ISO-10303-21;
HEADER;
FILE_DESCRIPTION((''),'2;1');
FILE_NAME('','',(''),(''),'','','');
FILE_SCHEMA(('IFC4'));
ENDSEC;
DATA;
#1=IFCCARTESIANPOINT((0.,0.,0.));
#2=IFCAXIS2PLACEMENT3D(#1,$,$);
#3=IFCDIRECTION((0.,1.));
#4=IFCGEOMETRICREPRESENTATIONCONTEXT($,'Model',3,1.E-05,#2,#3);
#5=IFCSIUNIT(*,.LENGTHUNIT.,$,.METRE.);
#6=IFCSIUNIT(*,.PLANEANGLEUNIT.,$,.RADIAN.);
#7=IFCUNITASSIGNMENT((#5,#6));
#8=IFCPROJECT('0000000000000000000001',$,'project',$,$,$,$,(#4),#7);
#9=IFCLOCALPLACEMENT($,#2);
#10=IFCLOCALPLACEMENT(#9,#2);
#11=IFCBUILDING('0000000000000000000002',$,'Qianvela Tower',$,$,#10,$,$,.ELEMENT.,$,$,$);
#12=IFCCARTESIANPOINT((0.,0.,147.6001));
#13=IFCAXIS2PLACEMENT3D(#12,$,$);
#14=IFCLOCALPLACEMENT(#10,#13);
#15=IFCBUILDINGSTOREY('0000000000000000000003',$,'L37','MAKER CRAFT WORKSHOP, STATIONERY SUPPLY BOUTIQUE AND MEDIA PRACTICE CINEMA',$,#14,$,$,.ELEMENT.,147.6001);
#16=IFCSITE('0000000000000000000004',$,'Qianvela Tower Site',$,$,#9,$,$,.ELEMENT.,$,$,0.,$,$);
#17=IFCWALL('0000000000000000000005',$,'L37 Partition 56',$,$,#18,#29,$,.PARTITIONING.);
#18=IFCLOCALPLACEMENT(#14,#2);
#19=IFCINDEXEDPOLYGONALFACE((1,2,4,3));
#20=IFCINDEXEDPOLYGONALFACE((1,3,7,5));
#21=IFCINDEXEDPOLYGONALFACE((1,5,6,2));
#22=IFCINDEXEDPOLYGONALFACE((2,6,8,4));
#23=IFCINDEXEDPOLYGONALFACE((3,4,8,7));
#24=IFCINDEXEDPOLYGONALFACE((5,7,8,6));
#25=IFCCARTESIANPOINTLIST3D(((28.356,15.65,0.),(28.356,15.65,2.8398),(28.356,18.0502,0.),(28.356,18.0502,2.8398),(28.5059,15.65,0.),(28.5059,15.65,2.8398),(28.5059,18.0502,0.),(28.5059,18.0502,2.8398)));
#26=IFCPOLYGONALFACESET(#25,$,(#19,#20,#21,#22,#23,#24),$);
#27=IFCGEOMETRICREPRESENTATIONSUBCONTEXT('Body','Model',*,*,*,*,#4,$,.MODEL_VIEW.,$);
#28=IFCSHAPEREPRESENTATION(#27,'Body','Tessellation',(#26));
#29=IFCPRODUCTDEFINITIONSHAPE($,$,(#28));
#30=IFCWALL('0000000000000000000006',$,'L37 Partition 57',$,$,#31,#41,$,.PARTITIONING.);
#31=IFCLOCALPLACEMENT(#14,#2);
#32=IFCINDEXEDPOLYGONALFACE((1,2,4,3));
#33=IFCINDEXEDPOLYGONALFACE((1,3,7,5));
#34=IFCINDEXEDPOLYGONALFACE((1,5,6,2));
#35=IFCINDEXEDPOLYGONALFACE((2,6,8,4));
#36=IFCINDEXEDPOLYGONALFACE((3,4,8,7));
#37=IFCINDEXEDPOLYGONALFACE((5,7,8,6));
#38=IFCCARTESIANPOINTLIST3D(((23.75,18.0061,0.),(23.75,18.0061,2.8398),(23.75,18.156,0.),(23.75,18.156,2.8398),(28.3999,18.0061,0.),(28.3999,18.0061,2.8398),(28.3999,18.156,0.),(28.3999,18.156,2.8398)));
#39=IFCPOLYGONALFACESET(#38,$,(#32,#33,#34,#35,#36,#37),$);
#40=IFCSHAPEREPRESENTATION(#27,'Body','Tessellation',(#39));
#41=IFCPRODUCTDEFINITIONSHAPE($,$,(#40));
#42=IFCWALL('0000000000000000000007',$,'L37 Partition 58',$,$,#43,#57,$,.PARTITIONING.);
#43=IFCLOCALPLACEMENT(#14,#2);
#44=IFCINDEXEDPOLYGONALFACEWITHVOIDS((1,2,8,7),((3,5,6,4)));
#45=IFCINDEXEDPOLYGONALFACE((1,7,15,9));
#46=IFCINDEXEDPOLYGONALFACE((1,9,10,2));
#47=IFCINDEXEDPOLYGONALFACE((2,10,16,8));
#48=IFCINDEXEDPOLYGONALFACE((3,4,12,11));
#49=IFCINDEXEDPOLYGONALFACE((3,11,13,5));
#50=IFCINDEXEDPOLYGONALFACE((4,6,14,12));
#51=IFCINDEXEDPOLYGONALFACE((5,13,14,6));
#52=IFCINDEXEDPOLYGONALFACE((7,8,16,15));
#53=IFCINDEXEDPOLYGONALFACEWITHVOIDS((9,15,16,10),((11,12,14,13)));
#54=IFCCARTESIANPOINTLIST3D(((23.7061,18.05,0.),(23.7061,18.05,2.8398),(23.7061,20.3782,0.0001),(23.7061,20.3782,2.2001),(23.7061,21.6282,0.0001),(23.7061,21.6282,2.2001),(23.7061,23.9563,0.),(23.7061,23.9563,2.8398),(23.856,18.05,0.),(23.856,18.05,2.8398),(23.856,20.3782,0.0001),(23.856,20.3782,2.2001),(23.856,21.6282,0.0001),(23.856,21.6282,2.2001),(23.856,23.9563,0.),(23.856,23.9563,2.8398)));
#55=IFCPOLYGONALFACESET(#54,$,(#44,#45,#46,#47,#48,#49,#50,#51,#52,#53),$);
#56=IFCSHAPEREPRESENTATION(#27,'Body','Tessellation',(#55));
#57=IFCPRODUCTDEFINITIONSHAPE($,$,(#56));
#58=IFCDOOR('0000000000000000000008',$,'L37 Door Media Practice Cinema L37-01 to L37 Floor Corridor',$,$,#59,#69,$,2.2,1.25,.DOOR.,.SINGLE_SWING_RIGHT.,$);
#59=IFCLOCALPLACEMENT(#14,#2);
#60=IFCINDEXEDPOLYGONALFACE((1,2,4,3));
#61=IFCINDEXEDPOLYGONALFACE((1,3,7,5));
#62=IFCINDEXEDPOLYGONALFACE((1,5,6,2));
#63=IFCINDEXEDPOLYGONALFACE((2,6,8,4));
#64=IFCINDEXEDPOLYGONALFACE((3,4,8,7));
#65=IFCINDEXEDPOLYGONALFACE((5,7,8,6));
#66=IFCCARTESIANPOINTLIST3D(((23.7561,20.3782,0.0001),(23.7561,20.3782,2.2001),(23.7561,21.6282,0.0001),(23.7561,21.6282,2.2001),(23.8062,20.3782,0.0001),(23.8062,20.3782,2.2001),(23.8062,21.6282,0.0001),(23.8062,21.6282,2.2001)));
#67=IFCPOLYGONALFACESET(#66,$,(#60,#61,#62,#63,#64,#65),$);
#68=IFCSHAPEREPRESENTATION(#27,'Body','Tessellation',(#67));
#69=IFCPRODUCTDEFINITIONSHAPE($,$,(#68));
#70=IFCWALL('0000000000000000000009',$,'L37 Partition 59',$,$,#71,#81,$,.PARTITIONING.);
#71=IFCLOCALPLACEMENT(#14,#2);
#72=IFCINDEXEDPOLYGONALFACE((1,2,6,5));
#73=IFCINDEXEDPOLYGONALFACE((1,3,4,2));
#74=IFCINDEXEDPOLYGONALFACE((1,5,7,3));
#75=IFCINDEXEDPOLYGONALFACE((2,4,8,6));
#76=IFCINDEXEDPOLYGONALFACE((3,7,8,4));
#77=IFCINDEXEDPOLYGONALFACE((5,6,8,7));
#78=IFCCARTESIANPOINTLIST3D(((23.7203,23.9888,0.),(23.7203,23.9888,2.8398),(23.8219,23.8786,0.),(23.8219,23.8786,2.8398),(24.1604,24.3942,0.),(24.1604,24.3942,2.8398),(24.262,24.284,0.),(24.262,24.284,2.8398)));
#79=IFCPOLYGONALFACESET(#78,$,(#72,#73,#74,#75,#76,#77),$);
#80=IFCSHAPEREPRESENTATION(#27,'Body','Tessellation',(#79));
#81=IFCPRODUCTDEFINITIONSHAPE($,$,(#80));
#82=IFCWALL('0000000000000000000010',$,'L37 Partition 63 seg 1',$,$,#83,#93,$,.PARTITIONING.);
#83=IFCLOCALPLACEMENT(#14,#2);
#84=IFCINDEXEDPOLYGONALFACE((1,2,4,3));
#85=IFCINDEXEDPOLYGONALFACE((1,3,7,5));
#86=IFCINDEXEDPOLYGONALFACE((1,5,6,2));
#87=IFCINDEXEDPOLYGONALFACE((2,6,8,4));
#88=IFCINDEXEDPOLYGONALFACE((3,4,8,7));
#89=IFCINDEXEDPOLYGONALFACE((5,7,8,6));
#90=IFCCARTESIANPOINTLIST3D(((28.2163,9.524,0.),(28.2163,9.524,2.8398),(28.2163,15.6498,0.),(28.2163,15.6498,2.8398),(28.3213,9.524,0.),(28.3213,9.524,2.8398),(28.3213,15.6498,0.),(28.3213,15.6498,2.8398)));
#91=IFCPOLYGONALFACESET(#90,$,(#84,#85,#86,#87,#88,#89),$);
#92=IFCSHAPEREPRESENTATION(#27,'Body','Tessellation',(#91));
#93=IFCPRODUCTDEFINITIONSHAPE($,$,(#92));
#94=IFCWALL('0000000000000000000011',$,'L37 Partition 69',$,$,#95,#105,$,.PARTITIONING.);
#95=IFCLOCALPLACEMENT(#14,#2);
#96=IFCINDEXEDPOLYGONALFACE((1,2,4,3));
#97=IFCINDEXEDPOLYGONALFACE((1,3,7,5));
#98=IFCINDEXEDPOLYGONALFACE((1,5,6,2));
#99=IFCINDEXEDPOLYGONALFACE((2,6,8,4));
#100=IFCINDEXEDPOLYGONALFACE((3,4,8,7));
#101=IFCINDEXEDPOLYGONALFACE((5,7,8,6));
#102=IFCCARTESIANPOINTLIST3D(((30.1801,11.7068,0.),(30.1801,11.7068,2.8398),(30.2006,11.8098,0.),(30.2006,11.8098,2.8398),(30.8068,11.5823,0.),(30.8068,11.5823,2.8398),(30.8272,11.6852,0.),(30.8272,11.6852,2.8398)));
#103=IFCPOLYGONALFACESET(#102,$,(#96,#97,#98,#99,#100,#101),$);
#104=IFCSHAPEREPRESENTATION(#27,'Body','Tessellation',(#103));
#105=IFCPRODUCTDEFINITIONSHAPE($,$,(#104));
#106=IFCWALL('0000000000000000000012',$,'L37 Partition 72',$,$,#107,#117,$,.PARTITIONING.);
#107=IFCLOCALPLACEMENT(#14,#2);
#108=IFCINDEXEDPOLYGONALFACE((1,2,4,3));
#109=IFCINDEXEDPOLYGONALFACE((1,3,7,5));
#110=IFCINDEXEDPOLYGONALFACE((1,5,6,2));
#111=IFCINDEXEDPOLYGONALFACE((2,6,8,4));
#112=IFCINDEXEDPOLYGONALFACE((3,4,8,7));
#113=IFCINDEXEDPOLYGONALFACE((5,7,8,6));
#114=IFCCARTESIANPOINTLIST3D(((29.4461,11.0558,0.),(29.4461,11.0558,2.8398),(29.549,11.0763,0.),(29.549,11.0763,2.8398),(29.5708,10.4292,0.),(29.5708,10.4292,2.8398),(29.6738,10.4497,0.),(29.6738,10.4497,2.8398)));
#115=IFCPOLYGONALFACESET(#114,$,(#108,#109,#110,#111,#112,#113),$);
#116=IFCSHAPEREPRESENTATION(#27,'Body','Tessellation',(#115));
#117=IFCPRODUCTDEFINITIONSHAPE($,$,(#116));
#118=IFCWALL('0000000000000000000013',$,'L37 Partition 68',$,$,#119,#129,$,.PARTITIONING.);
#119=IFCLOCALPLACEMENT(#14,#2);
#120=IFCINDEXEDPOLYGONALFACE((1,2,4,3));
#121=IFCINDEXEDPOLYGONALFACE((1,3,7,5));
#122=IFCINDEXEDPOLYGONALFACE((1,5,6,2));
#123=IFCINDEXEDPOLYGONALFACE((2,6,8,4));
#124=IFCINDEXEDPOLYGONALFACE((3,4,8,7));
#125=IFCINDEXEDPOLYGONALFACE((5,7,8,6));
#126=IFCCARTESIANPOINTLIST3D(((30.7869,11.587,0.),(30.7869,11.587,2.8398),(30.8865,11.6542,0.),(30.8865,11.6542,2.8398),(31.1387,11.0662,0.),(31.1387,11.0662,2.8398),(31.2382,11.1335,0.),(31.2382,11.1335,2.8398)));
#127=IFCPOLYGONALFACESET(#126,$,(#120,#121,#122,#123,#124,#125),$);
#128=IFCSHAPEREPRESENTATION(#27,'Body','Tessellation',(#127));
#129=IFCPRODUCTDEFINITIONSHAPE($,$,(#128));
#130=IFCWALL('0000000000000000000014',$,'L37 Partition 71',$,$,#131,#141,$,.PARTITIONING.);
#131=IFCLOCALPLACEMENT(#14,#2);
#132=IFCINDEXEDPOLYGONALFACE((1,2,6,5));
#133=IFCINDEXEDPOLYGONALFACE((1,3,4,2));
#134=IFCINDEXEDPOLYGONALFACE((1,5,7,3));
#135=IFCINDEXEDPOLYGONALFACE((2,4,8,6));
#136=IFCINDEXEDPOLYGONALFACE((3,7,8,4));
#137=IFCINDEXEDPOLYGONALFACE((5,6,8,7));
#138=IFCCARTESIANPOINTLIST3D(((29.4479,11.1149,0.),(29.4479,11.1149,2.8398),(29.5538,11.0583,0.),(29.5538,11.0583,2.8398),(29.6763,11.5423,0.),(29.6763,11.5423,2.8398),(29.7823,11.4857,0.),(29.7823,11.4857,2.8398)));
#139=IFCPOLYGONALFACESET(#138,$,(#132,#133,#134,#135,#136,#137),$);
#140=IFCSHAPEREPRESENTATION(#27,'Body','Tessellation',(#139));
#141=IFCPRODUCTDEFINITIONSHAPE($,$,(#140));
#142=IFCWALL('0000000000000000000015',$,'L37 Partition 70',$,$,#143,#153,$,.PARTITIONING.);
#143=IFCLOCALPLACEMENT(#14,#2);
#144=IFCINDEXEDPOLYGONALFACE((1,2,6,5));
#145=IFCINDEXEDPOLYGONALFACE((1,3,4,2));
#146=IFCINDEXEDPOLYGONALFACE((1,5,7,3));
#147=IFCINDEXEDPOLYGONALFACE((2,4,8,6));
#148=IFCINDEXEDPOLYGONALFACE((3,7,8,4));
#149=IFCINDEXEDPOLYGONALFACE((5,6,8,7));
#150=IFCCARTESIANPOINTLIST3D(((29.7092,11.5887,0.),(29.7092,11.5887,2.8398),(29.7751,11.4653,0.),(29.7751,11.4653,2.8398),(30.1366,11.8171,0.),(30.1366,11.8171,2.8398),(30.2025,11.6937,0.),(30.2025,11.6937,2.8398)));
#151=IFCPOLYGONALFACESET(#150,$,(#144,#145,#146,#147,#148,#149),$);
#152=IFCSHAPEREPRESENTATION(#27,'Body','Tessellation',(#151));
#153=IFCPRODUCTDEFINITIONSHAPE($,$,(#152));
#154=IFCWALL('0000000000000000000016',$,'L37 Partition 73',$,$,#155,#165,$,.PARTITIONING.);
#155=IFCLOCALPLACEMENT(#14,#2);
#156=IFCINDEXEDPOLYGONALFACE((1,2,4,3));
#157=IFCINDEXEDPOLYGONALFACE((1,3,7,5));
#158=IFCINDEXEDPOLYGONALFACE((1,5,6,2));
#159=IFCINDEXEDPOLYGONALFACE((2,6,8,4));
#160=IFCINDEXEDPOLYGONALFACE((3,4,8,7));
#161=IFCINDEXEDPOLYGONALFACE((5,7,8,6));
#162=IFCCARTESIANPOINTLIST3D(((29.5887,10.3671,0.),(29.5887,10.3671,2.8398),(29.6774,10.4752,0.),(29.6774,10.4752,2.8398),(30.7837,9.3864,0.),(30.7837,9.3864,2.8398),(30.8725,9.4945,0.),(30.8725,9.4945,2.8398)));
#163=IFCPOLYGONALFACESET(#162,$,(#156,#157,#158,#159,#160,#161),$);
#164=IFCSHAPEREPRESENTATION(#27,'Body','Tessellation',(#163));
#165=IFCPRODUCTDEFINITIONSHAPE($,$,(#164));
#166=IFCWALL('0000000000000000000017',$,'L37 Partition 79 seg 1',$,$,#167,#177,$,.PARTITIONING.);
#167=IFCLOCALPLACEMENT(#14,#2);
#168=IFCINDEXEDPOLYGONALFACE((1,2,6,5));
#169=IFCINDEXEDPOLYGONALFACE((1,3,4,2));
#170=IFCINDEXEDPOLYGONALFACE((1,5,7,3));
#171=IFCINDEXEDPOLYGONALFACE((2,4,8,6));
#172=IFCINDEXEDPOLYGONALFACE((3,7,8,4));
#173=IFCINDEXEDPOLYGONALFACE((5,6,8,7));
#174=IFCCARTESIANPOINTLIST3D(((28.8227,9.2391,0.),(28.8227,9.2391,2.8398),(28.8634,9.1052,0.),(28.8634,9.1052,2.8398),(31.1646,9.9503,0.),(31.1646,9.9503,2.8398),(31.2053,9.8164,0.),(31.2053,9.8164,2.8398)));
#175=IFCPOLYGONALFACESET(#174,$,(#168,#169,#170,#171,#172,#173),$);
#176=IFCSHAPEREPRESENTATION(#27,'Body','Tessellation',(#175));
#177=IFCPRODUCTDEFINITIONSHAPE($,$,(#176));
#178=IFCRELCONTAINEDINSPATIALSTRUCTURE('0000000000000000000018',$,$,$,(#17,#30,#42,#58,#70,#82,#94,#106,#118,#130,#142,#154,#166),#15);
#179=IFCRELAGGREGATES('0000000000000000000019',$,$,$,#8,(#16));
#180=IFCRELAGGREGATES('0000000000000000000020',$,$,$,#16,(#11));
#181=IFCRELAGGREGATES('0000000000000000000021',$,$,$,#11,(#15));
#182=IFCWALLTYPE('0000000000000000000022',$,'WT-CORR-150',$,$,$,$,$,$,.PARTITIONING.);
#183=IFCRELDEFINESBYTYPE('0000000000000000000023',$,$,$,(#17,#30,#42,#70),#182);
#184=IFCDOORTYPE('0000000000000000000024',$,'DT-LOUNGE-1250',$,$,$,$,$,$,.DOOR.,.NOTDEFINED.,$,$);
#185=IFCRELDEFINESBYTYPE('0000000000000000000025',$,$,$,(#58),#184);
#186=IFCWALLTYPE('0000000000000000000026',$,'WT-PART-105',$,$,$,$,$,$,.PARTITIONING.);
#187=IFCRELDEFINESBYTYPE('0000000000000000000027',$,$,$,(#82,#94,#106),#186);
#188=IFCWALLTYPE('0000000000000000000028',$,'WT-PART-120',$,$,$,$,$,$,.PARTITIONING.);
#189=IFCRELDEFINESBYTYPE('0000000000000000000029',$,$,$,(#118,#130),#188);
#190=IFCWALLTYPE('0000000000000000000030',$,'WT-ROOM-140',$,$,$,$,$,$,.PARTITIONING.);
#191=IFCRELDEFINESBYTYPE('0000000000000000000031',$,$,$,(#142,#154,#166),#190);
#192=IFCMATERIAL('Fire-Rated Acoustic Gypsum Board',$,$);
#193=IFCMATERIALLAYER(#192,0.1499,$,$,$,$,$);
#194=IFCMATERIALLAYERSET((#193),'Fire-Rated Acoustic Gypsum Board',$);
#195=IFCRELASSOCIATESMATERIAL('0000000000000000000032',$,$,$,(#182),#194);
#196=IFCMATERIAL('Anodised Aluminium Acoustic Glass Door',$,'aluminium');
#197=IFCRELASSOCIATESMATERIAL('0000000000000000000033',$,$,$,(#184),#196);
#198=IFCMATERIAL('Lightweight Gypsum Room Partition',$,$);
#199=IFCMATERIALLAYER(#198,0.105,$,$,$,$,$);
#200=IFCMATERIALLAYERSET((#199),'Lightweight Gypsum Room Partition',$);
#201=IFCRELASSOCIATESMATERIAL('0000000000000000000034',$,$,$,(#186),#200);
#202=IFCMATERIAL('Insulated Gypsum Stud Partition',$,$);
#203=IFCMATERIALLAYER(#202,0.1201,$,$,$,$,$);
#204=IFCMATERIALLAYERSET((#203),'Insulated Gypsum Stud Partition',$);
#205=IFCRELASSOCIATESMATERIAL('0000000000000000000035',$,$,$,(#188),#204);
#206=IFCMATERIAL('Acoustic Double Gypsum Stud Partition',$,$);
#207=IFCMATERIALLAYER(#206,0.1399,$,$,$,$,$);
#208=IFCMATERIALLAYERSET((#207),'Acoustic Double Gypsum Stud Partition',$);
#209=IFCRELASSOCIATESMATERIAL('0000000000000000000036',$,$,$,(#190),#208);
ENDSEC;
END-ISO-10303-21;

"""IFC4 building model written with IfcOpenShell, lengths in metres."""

from ifc_helpers import new_model, si_unit, direction, frame, frame_2d, origin, place, context, subcontext, project, spatial, rectangle, extrude, material, layer, layer_set, type_object, element, fill, save


model = new_model("IFC4")

# Units and contexts
model_context = context("Model", 3, precision=1e-05, world=origin(), true_north=direction((0.0, 1.0)))
body_context = subcontext(model_context, "Body", "Model", "MODEL_VIEW")
ifc_project = project(units=[si_unit("LENGTHUNIT", "METRE"), si_unit("PLANEANGLEUNIT", "RADIAN")], contexts=[model_context])

# Site, building, storey
site_placement = place(None, origin())
site = spatial("IfcSite", under=ifc_project, at=site_placement, Name="Qianvela Tower Site", CompositionType="ELEMENT", RefElevation=0.0)
building_placement = place(site_placement, origin())
building = spatial("IfcBuilding", under=site, at=building_placement, Name="Qianvela Tower", CompositionType="ELEMENT")
storey_placement = place(building_placement, frame((0.0, 0.0, 147.6001)))
storey = spatial("IfcBuildingStorey", under=building, at=storey_placement, Name="L37", Description="MAKER CRAFT WORKSHOP, STATIONERY SUPPLY BOUTIQUE AND MEDIA PRACTICE CINEMA", CompositionType="ELEMENT", Elevation=147.6001)

# Walls
ifc_material_1 = material(Name="Fire-Rated Acoustic Gypsum Board")
ifc_layer_1 = layer(ifc_material_1, 0.1499)
ifc_layer_set_1 = layer_set([ifc_layer_1], Name="Fire-Rated Acoustic Gypsum Board")
wall_type_1 = type_object("IfcWallType", Name="WT-CORR-150", PredefinedType="PARTITIONING", material=ifc_layer_set_1)
wall_1_placement = place(storey_placement, frame((28.4309, 15.6499, 0.0), z_axis=(0.0, 0.0, 1.0), x_axis=(0.0, 1.0, 0.0)))
element("IfcWall", 1, at=wall_1_placement, inside=storey, type_object=wall_type_1, Name="L37 Partition 56", PredefinedType="PARTITIONING", context=body_context, shape_type="SweptSolid", body=[
    extrude(rectangle(XDim=2.4001, YDim=0.1499, at=frame_2d((1.2002, 0.0))), origin(), (0.0, 0.0, 1.0), 2.8398),
])
wall_2_placement = place(storey_placement, frame((28.3999, 18.0811, 0.0), z_axis=(0.0, 0.0, 1.0), x_axis=(-1.0, 0.0, 0.0)))
element("IfcWall", 2, at=wall_2_placement, inside=storey, type_object=wall_type_1, Name="L37 Partition 57", PredefinedType="PARTITIONING", context=body_context, shape_type="SweptSolid", body=[
    extrude(rectangle(XDim=4.6499, YDim=0.1499, at=frame_2d((2.325, 0.0))), origin(), (0.0, 0.0, 1.0), 2.8398),
])

# Wall, opening, door
wall_3_placement = place(storey_placement, frame((23.781, 18.05, 0.0), z_axis=(0.0, 0.0, 1.0), x_axis=(0.0, 1.0, 0.0)))
wall_3 = element("IfcWall", 3, at=wall_3_placement, inside=storey, type_object=wall_type_1, Name="L37 Partition 58", PredefinedType="PARTITIONING", context=body_context, shape_type="SweptSolid", body=[
    extrude(rectangle(XDim=5.9062, YDim=0.1499, at=frame_2d((2.9531, 0.0))), origin(), (0.0, 0.0, 1.0), 2.8398),
])
opening_placement = place(wall_3_placement, frame((2.3281, 0.0, 0.0)))
opening = element("IfcOpeningElement", 4, at=opening_placement, cuts=wall_3, PredefinedType="OPENING", context=body_context, shape_type="SweptSolid", body=[
    extrude(rectangle(XDim=1.25, YDim=2.2, at=frame_2d((0.625, 1.1001))), frame((0.0, 0.085, 0.0), z_axis=(0.0, -1.0, 0.0), x_axis=(1.0, 0.0, 0.0)), (0.0, 0.0, 1.0), 0.1699),
])
ifc_material_2 = material(Name="Anodised Aluminium Acoustic Glass Door", Category="aluminium")
door_type = type_object("IfcDoorType", Name="DT-LOUNGE-1250", OperationType="NOTDEFINED", PredefinedType="DOOR", material=ifc_material_2)
door_placement = place(opening_placement, origin())
door = element("IfcDoor", 5, at=door_placement, inside=storey, type_object=door_type, Name="L37 Door Media Practice Cinema L37-01 to L37 Floor Corridor", OperationType="SINGLE_SWING_RIGHT", OverallHeight=2.2, OverallWidth=1.25, PredefinedType="DOOR", context=body_context, shape_type="SweptSolid", body=[
    extrude(rectangle(XDim=1.25, YDim=2.2, at=frame_2d((0.625, 1.1001))), frame((0.0, 0.0249, 0.0), z_axis=(0.0, -1.0, 0.0), x_axis=(1.0, 0.0, 0.0)), (0.0, 0.0, 1.0), 0.05),
])
fill(opening, door)

# Walls
wall_4_placement = place(storey_placement, frame((23.771, 23.9336, 0.0), z_axis=(0.0, 0.0, 1.0), x_axis=(0.735476, 0.677551, 0.0)))
element("IfcWall", 6, at=wall_4_placement, inside=storey, type_object=wall_type_1, Name="L37 Partition 59", PredefinedType="PARTITIONING", context=body_context, shape_type="SweptSolid", body=[
    extrude(rectangle(XDim=0.5984, YDim=0.1499, at=frame_2d((0.2993, 0.0))), origin(), (0.0, 0.0, 1.0), 2.8398),
])
ifc_material_3 = material(Name="Lightweight Gypsum Room Partition")
ifc_layer_2 = layer(ifc_material_3, 0.105)
ifc_layer_set_2 = layer_set([ifc_layer_2], Name="Lightweight Gypsum Room Partition")
wall_type_2 = type_object("IfcWallType", Name="WT-PART-105", PredefinedType="PARTITIONING", material=ifc_layer_set_2)
wall_5_placement = place(storey_placement, frame((28.2688, 15.6499, 0.0), z_axis=(0.0, 0.0, 1.0), x_axis=(0.0, -1.0, 0.0)))
element("IfcWall", 7, at=wall_5_placement, inside=storey, type_object=wall_type_2, Name="L37 Partition 63 seg 1", PredefinedType="PARTITIONING", context=body_context, shape_type="SweptSolid", body=[
    extrude(rectangle(XDim=6.1257, YDim=0.105, at=frame_2d((3.063, 0.0))), origin(), (0.0, 0.0, 1.0), 2.8398),
])
for number, where, z_axis, x_axis, name in (
    (8, (30.8169, 11.6338, 0.0), (0.0, 0.0, 1.0), (-0.98083, 0.194867, 0.0), "L37 Partition 69"),
    (9, (29.4976, 11.0659, 0.0), (0.0, 0.0, 1.0), (0.195234, -0.980757, 0.0), "L37 Partition 72"),
):
    element("IfcWall", number, at=place(storey_placement, frame(where, z_axis=z_axis, x_axis=x_axis)), inside=storey, type_object=wall_type_2, Name=name, PredefinedType="PARTITIONING", context=body_context, shape_type="SweptSolid", body=[
        extrude(rectangle(XDim=0.6389, YDim=0.105, at=frame_2d((0.3193, 0.0))), origin(), (0.0, 0.0, 1.0), 2.8398),
    ])
ifc_material_4 = material(Name="Insulated Gypsum Stud Partition")
ifc_layer_3 = layer(ifc_material_4, 0.1201)
ifc_layer_set_3 = layer_set([ifc_layer_3], Name="Insulated Gypsum Stud Partition")
wall_type_3 = type_object("IfcWallType", Name="WT-PART-120", PredefinedType="PARTITIONING", material=ifc_layer_set_3)
wall_6_placement = place(storey_placement, frame((31.1885, 11.0999, 0.0), z_axis=(0.0, 0.0, 1.0), x_axis=(-0.5598, 0.828628, 0.0)))
element("IfcWall", 10, at=wall_6_placement, inside=storey, type_object=wall_type_3, Name="L37 Partition 68", PredefinedType="PARTITIONING", context=body_context, shape_type="SweptSolid", body=[
    extrude(rectangle(XDim=0.6284, YDim=0.1201, at=frame_2d((0.3142, 0.0))), origin(), (0.0, 0.0, 1.0), 2.8398),
])
wall_7_placement = place(storey_placement, frame((29.7292, 11.5139, 0.0), z_axis=(0.0, 0.0, 1.0), x_axis=(-0.471425, -0.881906, 0.0)))
element("IfcWall", 11, at=wall_7_placement, inside=storey, type_object=wall_type_3, Name="L37 Partition 71", PredefinedType="PARTITIONING", context=body_context, shape_type="SweptSolid", body=[
    extrude(rectangle(XDim=0.4846, YDim=0.1201, at=frame_2d((0.2422, 0.0))), origin(), (0.0, 0.0, 1.0), 2.8398),
])
ifc_material_5 = material(Name="Acoustic Double Gypsum Stud Partition")
ifc_layer_4 = layer(ifc_material_5, 0.1399)
ifc_layer_set_4 = layer_set([ifc_layer_4], Name="Acoustic Double Gypsum Stud Partition")
wall_type_4 = type_object("IfcWallType", Name="WT-ROOM-140", PredefinedType="PARTITIONING", material=ifc_layer_set_4)
wall_8_placement = place(storey_placement, frame((30.1694, 11.7554, 0.0), z_axis=(0.0, 0.0, 1.0), x_axis=(-0.881906, -0.471425, 0.0)))
element("IfcWall", 12, at=wall_8_placement, inside=storey, type_object=wall_type_4, Name="L37 Partition 70", PredefinedType="PARTITIONING", context=body_context, shape_type="SweptSolid", body=[
    extrude(rectangle(XDim=0.4846, YDim=0.1399, at=frame_2d((0.2422, 0.0))), origin(), (0.0, 0.0, 1.0), 2.8398),
])
wall_9_placement = place(storey_placement, frame((29.6331, 10.4211, 0.0), z_axis=(0.0, 0.0, 1.0), x_axis=(0.773028, -0.634372, 0.0)))
element("IfcWall", 13, at=wall_9_placement, inside=storey, type_object=wall_type_4, Name="L37 Partition 73", PredefinedType="PARTITIONING", context=body_context, shape_type="SweptSolid", body=[
    extrude(rectangle(XDim=1.5459, YDim=0.1399, at=frame_2d((0.7729, 0.0))), origin(), (0.0, 0.0, 1.0), 2.8398),
])
wall_10_placement = place(storey_placement, frame((31.1848, 9.8833, 0.0), z_axis=(0.0, 0.0, 1.0), x_axis=(-0.956849, -0.290586, 0.0)))
element("IfcWall", 14, at=wall_10_placement, inside=storey, type_object=wall_type_4, Name="L37 Partition 79 seg 1", PredefinedType="PARTITIONING", context=body_context, shape_type="SweptSolid", body=[
    extrude(rectangle(XDim=2.4475, YDim=0.1399, at=frame_2d((1.2236, 0.0))), origin(), (0.0, 0.0, 1.0), 2.8398),
])

save(model, "model.ifc")
